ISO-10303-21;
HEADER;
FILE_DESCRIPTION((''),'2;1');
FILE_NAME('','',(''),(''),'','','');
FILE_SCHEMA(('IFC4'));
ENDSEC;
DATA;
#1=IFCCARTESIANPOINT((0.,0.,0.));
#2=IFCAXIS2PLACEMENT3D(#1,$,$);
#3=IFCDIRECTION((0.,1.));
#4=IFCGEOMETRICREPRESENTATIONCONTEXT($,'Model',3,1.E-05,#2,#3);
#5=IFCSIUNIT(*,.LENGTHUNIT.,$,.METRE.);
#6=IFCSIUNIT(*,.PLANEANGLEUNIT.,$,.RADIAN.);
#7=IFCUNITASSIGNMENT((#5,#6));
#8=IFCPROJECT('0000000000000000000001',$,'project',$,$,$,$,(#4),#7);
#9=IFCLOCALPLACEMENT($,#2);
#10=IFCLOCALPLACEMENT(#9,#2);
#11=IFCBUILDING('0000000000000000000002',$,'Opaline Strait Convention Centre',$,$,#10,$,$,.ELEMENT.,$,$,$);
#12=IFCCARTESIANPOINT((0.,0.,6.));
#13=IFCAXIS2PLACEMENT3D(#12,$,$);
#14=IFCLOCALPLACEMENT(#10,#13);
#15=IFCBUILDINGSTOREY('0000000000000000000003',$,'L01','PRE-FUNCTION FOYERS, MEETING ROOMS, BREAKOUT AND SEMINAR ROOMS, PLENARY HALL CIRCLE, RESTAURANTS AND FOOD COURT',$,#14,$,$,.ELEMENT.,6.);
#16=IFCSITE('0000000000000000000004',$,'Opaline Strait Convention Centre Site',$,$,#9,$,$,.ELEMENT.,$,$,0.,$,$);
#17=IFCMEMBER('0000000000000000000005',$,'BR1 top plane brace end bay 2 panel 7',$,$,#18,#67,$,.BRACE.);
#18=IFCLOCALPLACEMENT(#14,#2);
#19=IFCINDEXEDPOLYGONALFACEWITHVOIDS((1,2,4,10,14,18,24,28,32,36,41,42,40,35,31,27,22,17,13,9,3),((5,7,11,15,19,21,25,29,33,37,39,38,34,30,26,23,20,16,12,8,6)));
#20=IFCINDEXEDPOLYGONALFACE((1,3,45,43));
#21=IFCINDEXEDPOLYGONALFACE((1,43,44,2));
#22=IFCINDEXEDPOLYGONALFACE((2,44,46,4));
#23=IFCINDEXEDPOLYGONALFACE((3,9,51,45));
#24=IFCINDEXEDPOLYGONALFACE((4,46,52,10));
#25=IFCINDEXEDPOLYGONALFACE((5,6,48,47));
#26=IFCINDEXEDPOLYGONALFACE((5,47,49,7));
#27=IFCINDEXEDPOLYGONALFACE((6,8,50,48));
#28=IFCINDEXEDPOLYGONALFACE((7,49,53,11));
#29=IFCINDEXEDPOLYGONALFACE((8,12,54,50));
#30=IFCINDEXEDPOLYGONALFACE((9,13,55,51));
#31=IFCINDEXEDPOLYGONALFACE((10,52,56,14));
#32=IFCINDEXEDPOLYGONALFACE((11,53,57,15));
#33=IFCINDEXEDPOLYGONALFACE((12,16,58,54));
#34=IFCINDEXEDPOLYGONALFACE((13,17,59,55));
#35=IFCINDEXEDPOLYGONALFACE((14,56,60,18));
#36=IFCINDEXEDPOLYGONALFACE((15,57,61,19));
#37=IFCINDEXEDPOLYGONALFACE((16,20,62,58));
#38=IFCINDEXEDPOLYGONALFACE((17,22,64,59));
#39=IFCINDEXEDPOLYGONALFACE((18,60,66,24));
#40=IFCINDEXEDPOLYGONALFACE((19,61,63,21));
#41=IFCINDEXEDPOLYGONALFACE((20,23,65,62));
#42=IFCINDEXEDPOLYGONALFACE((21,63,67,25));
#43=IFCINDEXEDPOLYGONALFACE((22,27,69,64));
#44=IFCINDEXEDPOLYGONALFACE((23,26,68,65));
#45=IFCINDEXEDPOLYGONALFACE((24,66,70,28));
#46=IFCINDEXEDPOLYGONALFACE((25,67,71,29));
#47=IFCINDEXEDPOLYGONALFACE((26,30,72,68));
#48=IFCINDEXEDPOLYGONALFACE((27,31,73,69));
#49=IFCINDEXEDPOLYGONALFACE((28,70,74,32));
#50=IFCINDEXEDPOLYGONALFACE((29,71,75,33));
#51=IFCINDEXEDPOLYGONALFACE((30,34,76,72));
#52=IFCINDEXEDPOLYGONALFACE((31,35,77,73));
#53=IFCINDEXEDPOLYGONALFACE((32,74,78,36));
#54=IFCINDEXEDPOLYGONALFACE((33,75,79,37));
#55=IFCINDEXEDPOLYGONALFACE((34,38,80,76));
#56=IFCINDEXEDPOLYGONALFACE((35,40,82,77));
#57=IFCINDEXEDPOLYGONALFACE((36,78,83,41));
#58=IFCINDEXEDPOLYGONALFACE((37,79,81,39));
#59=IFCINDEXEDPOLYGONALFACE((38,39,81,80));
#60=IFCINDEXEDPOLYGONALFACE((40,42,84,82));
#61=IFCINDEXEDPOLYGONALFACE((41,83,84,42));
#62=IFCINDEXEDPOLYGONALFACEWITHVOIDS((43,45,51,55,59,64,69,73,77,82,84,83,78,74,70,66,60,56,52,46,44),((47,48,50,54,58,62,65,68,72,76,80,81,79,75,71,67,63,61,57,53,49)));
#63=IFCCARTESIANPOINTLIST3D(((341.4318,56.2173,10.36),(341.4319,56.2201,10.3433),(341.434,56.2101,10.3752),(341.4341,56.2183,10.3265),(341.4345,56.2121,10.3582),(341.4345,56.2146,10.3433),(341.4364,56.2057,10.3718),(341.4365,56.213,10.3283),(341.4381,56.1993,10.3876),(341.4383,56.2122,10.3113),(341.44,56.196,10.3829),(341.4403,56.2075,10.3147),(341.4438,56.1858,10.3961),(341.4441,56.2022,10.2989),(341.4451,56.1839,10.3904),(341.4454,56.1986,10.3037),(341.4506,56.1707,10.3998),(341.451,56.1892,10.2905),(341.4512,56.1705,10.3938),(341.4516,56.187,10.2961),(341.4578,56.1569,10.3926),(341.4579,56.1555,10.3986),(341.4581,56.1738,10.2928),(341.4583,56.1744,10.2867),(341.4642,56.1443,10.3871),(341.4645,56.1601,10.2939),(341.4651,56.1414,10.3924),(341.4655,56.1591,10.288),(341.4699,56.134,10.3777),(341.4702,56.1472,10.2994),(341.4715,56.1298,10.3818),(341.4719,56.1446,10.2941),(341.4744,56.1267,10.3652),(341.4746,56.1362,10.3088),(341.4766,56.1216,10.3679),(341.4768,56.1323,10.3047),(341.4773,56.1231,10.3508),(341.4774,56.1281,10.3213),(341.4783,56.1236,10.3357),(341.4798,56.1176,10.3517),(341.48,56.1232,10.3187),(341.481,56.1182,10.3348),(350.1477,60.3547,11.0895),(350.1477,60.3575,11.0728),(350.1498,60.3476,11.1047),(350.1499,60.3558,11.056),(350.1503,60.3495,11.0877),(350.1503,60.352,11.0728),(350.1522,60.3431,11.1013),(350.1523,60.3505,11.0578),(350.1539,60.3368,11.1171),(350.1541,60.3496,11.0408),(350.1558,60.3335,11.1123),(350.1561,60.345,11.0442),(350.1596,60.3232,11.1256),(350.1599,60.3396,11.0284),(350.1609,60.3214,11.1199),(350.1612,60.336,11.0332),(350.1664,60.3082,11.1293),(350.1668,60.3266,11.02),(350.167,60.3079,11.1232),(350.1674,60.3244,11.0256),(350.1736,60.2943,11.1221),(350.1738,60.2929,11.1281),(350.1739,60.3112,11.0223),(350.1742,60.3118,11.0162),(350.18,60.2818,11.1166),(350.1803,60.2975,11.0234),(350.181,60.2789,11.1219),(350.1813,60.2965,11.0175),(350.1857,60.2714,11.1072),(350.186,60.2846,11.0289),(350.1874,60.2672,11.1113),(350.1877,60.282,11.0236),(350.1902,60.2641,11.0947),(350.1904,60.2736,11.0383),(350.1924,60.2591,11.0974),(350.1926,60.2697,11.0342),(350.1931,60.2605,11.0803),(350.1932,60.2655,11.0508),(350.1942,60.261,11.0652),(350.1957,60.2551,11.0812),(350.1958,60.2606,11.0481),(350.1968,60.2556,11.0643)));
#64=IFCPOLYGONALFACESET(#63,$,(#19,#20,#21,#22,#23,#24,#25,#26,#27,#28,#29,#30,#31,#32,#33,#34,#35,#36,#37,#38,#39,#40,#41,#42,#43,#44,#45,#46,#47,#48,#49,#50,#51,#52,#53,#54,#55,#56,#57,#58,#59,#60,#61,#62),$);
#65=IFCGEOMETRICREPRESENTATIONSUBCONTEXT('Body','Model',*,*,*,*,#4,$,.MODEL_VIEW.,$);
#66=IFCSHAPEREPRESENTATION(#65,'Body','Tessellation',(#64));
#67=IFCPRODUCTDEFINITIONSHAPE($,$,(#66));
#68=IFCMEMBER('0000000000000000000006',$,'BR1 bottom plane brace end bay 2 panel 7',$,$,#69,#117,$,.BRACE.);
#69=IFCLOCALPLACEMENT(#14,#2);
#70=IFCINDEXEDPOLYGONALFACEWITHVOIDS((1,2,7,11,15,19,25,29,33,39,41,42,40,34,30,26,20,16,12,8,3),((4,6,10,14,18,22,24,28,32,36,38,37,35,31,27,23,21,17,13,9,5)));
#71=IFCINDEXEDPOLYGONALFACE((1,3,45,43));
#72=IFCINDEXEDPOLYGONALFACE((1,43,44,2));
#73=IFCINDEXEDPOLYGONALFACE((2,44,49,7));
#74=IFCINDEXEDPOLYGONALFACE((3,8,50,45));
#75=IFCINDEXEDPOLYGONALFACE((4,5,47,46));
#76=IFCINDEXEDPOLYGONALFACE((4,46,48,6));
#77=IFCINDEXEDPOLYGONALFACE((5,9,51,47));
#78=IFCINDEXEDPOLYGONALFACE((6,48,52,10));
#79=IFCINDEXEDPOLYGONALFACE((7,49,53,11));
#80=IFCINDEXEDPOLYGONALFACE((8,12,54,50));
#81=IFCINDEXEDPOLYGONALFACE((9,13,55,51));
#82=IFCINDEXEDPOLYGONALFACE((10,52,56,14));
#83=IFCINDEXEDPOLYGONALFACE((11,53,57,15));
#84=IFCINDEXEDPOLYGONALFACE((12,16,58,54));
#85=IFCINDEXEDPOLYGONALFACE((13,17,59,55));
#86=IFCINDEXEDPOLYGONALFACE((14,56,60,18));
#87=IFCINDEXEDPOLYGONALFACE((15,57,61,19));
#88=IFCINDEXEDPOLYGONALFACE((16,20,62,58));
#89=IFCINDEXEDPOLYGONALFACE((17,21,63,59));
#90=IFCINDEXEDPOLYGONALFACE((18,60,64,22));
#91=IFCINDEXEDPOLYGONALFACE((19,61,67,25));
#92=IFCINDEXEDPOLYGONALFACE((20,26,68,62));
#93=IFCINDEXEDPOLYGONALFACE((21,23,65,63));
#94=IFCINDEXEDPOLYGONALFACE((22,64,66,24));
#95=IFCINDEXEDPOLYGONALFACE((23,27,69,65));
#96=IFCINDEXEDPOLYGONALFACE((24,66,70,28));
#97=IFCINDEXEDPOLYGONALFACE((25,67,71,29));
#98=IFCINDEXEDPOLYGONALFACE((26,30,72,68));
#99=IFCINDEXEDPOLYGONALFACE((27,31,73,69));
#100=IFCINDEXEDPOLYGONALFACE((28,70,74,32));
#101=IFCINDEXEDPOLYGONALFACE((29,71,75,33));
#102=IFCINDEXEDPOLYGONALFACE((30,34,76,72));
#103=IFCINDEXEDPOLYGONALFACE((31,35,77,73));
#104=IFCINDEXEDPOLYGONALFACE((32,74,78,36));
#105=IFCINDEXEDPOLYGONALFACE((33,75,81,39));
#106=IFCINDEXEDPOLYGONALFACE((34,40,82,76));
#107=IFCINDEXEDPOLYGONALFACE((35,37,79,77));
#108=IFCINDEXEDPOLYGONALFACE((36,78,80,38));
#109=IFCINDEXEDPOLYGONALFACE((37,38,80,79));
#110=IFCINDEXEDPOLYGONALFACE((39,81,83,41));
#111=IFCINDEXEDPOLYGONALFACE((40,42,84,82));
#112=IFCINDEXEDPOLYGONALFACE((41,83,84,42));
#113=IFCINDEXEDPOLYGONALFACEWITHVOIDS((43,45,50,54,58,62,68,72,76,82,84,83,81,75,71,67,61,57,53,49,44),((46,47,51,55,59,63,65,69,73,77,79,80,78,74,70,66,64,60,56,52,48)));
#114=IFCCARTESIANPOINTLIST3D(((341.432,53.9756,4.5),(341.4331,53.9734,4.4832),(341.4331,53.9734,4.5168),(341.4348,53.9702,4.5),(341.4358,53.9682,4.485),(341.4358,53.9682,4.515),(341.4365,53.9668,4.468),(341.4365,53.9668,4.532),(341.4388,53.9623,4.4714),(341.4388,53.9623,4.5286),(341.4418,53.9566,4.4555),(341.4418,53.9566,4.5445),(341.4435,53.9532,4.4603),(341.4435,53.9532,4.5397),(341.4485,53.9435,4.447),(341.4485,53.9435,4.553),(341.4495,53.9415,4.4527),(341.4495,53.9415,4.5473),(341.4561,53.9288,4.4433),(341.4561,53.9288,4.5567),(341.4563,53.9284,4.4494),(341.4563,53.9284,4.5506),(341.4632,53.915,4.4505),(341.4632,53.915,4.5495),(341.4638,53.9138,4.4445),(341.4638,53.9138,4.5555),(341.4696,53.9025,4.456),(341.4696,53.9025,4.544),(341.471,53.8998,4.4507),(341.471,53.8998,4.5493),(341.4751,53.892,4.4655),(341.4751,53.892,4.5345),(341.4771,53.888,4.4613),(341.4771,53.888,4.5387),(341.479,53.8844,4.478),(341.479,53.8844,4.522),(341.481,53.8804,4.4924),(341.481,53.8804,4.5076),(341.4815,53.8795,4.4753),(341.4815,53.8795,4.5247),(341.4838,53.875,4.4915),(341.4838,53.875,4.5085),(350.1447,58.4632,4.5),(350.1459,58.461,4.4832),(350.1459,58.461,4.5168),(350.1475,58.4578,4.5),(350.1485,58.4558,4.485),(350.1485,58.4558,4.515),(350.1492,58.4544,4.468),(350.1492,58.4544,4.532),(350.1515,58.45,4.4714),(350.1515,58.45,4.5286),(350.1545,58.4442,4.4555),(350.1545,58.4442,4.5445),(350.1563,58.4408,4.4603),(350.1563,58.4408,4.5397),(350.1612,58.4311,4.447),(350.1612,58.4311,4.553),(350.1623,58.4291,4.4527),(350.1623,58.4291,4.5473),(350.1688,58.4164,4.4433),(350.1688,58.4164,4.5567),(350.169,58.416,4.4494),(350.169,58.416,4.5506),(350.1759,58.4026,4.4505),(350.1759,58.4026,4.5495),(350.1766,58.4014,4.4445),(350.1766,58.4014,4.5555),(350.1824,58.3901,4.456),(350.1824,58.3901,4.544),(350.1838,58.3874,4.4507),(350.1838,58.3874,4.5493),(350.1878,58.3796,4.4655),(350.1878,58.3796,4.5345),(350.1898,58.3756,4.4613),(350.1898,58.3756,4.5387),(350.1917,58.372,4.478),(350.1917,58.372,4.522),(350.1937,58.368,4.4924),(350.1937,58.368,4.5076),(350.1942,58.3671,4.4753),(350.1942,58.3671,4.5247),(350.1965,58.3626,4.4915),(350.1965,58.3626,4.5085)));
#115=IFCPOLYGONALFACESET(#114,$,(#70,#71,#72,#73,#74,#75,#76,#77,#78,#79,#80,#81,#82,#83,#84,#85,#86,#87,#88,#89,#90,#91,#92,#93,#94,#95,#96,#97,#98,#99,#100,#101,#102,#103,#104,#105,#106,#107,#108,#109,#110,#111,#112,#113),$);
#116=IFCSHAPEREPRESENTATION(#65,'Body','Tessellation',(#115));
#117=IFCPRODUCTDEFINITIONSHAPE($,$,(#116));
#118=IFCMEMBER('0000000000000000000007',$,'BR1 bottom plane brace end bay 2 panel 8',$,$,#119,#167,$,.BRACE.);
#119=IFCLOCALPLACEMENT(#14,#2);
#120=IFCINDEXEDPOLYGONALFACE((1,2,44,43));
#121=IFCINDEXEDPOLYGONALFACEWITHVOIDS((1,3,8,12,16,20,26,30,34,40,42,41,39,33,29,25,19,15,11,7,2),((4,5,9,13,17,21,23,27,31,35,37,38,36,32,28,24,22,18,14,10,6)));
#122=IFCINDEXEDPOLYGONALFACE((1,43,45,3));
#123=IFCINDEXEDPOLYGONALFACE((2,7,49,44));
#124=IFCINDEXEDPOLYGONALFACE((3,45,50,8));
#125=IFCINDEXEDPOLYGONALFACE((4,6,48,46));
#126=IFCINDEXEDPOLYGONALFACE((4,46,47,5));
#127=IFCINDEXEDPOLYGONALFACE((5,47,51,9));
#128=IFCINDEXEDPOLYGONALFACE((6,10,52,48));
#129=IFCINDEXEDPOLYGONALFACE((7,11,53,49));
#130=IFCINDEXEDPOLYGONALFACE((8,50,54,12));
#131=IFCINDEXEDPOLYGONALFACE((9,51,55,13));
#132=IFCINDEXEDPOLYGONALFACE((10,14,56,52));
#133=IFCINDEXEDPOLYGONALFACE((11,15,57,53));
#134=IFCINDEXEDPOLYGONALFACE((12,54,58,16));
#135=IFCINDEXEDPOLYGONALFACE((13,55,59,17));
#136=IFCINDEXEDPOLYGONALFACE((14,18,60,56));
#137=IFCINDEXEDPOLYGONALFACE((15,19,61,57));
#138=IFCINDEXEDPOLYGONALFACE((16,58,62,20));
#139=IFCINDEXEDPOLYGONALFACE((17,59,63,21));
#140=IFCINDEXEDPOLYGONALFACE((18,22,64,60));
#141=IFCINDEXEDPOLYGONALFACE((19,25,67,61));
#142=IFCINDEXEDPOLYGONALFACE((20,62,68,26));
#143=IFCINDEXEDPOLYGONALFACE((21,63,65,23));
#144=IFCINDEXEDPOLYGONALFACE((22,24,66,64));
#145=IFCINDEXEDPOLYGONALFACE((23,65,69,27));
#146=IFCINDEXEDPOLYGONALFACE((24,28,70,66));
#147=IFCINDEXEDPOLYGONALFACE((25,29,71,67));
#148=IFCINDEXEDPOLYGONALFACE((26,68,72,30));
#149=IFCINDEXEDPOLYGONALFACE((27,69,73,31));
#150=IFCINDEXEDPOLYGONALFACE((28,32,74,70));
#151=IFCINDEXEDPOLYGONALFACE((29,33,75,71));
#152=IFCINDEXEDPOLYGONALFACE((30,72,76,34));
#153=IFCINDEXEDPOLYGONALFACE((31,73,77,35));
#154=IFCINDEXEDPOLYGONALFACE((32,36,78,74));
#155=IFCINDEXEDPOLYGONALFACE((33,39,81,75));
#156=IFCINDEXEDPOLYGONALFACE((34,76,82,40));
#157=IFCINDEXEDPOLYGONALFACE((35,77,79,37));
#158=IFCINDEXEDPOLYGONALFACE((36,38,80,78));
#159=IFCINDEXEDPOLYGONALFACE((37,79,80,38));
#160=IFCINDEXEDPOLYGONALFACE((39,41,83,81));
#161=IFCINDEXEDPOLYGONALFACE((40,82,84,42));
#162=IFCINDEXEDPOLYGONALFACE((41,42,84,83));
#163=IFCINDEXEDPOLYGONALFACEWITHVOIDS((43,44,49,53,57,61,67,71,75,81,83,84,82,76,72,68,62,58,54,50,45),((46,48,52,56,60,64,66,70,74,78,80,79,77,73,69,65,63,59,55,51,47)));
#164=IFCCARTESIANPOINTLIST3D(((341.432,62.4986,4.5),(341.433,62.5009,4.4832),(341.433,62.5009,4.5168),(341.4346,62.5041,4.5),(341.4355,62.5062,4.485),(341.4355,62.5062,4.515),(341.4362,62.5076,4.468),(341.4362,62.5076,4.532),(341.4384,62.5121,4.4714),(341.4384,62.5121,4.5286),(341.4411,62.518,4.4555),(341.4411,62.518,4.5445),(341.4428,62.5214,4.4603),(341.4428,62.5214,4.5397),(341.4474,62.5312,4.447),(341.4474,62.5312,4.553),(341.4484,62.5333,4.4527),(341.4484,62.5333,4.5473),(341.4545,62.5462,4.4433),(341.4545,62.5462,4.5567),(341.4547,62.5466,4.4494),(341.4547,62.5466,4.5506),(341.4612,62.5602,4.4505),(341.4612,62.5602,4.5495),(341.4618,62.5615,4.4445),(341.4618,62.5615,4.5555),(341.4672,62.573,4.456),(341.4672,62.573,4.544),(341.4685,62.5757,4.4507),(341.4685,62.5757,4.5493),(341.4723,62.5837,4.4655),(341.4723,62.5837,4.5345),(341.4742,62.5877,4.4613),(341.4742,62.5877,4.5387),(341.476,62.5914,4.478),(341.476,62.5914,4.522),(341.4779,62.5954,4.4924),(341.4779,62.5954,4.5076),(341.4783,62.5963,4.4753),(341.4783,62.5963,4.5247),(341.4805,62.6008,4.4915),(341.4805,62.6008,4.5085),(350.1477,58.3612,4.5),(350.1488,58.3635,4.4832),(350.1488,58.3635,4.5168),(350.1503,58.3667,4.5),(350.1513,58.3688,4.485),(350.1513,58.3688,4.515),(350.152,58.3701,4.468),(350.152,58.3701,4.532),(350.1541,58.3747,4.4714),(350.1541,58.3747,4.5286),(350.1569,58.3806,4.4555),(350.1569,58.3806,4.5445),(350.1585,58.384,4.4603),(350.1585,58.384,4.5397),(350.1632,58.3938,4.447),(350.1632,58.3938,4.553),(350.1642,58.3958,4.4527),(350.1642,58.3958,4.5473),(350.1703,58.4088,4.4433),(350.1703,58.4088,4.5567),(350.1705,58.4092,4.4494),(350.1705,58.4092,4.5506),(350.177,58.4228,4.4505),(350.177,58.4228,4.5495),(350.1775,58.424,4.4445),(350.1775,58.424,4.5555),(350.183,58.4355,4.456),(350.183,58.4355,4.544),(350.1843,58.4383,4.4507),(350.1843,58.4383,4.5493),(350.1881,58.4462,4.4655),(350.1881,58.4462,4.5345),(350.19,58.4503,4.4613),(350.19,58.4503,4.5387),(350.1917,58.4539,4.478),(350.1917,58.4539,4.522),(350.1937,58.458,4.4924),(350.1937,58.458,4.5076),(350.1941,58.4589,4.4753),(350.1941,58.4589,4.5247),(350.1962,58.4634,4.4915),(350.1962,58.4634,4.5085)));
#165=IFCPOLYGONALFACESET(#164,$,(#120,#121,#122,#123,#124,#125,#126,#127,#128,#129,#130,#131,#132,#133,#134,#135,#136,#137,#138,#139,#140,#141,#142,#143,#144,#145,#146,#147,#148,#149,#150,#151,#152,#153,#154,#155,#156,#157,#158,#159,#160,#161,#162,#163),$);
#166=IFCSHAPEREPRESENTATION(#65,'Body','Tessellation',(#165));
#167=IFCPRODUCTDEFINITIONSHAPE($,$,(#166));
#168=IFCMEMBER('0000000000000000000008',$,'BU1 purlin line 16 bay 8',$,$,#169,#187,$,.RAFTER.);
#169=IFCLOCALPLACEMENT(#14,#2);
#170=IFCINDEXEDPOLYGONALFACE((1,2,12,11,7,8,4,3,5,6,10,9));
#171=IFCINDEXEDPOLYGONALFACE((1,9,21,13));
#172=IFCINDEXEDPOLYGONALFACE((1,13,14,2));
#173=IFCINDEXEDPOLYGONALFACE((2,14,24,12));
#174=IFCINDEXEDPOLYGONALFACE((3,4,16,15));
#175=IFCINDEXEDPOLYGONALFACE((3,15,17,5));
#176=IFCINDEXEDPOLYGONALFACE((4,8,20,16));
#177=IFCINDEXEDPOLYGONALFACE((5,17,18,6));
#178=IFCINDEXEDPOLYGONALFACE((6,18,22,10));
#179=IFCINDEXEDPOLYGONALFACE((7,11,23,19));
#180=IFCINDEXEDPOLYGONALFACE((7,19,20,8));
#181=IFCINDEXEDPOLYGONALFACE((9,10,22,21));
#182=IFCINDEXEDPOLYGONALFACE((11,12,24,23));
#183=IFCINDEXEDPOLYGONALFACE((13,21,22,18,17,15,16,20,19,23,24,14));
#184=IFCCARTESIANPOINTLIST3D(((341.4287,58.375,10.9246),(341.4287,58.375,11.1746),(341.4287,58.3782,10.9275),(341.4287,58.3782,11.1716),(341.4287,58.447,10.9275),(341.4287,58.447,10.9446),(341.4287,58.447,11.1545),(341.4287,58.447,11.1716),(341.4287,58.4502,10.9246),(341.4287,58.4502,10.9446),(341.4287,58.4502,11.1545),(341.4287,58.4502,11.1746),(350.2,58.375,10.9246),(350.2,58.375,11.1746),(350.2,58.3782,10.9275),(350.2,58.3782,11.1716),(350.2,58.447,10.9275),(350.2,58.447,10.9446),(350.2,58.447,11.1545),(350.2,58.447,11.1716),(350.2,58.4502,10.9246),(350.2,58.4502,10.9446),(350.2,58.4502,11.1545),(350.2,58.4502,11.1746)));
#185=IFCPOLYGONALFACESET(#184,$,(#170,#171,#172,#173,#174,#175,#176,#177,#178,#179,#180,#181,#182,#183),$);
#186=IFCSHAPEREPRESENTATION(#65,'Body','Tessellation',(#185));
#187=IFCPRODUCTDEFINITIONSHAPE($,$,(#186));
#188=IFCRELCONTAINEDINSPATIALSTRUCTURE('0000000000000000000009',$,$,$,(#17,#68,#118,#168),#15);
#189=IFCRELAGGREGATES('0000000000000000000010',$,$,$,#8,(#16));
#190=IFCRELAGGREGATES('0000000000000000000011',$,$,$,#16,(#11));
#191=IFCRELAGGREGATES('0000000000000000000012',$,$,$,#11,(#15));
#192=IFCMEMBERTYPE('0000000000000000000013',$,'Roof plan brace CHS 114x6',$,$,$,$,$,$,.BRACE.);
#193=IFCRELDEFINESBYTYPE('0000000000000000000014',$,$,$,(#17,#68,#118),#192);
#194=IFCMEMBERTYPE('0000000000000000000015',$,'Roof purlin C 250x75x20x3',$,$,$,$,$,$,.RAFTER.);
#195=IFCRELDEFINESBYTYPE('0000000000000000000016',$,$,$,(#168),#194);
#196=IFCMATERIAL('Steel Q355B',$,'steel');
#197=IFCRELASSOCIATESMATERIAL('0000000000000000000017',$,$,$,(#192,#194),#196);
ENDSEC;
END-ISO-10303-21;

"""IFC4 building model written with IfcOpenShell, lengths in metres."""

from ifc_helpers import new_model, si_unit, direction, frame, origin, origin_2d, place, context, subcontext, project, spatial, polyline, hollow_circle, outline, extrude, material, material_profile, profile_set, type_object, element, save


model = new_model("IFC4")

# Units and contexts
model_context = context("Model", 3, precision=1e-05, world=origin(), true_north=direction((0.0, 1.0)))
body_context = subcontext(model_context, "Body", "Model", "MODEL_VIEW")
ifc_project = project(units=[si_unit("LENGTHUNIT", "METRE"), si_unit("PLANEANGLEUNIT", "RADIAN")], contexts=[model_context])

# Site, building, storey
site_placement = place(None, origin())
site = spatial("IfcSite", under=ifc_project, at=site_placement, Name="Opaline Strait Convention Centre Site", CompositionType="ELEMENT", RefElevation=0.0)
building_placement = place(site_placement, origin())
building = spatial("IfcBuilding", under=site, at=building_placement, Name="Opaline Strait Convention Centre", CompositionType="ELEMENT")
storey_placement = place(building_placement, frame((0.0, 0.0, 6.0)))
storey = spatial("IfcBuildingStorey", under=building, at=storey_placement, Name="L01", Description="PRE-FUNCTION FOYERS, MEETING ROOMS, BREAKOUT AND SEMINAR ROOMS, PLENARY HALL CIRCLE, RESTAURANTS AND FOOD COURT", CompositionType="ELEMENT", Elevation=6.0)

# Members
ifc_material_1 = material(Name="Steel Q355B", Category="steel")
ifc_material_profile_1 = material_profile(ifc_material_1, hollow_circle(Radius=0.0569, WallThickness=0.0061, at=origin_2d()), Name="CHS 114x6")
ifc_profile_set_1 = profile_set([ifc_material_profile_1], Name="Steel Q355B")
member_type_1 = type_object("IfcMemberType", Name="Roof plan brace CHS 114x6", PredefinedType="BRACE", material=ifc_profile_set_1)
member_1_placement = place(storey_placement, frame((341.4563, 56.1687, 10.3433), z_axis=(0.900809, 0.427619, 0.075395), x_axis=(-0.42884, 0.90338, 0.0)))
element("IfcMember", 1, at=member_1_placement, inside=storey, type_object=member_type_1, Name="BR1 top plane brace end bay 2 panel 7", PredefinedType="BRACE", context=body_context, shape_type="SweptSolid", body=[
    extrude(hollow_circle(Radius=0.0569, WallThickness=0.0061, at=origin_2d()), origin(), (0.0, 0.0, 1.0), 9.6755),
])
member_2_placement = place(storey_placement, frame((341.458, 53.925, 4.5), z_axis=(0.889007, 0.457893, 0.0), x_axis=(-0.457893, 0.889007, 0.0)))
element("IfcMember", 2, at=member_2_placement, inside=storey, type_object=member_type_1, Name="BR1 bottom plane brace end bay 2 panel 7", PredefinedType="BRACE", context=body_context, shape_type="SweptSolid", body=[
    extrude(hollow_circle(Radius=0.0569, WallThickness=0.0061, at=origin_2d()), origin(), (0.0, 0.0, 1.0), 9.8005),
])
member_3_placement = place(storey_placement, frame((350.1721, 58.4126, 4.5), z_axis=(-0.90338, 0.42884, 0.0), x_axis=(-0.42884, -0.90338, 0.0)))
element("IfcMember", 3, at=member_3_placement, inside=storey, type_object=member_type_1, Name="BR1 bottom plane brace end bay 2 panel 8", PredefinedType="BRACE", context=body_context, shape_type="SweptSolid", body=[
    extrude(hollow_circle(Radius=0.0569, WallThickness=0.0061, at=origin_2d()), origin(), (0.0, 0.0, 1.0), 9.6479),
])
ifc_material_profile_2 = material_profile(ifc_material_1, outline(polyline([(-0.0376, -0.125), (0.0376, -0.125), (0.0376, -0.105), (0.0344, -0.105), (0.0344, -0.1221), (-0.0344, -0.1221), (-0.0344, 0.1221), (0.0344, 0.1221), (0.0344, 0.105), (0.0376, 0.105), (0.0376, 0.125), (-0.0376, 0.125), (-0.0376, -0.125)])), Name="C 250x75x20x3")
ifc_profile_set_2 = profile_set([ifc_material_profile_2], Name="Steel Q355B")
member_type_2 = type_object("IfcMemberType", Name="Roof purlin C 250x75x20x3", PredefinedType="RAFTER", material=ifc_profile_set_2)
member_4_placement = place(storey_placement, frame((341.4287, 58.4126, 11.0496), z_axis=(1.0, 0.0, 0.0), x_axis=(0.0, 1.0, 0.0)))
element("IfcMember", 4, at=member_4_placement, inside=storey, type_object=member_type_2, Name="BU1 purlin line 16 bay 8", PredefinedType="RAFTER", context=body_context, shape_type="SweptSolid", body=[
    extrude(outline(polyline([(-0.0376, -0.125), (0.0376, -0.125), (0.0376, -0.105), (0.0344, -0.105), (0.0344, -0.1221), (-0.0344, -0.1221), (-0.0344, 0.1221), (0.0344, 0.1221), (0.0344, 0.105), (0.0376, 0.105), (0.0376, 0.125), (-0.0376, 0.125), (-0.0376, -0.125)])), origin(), (0.0, 0.0, 1.0), 8.7712),
])

save(model, "model.ifc")
